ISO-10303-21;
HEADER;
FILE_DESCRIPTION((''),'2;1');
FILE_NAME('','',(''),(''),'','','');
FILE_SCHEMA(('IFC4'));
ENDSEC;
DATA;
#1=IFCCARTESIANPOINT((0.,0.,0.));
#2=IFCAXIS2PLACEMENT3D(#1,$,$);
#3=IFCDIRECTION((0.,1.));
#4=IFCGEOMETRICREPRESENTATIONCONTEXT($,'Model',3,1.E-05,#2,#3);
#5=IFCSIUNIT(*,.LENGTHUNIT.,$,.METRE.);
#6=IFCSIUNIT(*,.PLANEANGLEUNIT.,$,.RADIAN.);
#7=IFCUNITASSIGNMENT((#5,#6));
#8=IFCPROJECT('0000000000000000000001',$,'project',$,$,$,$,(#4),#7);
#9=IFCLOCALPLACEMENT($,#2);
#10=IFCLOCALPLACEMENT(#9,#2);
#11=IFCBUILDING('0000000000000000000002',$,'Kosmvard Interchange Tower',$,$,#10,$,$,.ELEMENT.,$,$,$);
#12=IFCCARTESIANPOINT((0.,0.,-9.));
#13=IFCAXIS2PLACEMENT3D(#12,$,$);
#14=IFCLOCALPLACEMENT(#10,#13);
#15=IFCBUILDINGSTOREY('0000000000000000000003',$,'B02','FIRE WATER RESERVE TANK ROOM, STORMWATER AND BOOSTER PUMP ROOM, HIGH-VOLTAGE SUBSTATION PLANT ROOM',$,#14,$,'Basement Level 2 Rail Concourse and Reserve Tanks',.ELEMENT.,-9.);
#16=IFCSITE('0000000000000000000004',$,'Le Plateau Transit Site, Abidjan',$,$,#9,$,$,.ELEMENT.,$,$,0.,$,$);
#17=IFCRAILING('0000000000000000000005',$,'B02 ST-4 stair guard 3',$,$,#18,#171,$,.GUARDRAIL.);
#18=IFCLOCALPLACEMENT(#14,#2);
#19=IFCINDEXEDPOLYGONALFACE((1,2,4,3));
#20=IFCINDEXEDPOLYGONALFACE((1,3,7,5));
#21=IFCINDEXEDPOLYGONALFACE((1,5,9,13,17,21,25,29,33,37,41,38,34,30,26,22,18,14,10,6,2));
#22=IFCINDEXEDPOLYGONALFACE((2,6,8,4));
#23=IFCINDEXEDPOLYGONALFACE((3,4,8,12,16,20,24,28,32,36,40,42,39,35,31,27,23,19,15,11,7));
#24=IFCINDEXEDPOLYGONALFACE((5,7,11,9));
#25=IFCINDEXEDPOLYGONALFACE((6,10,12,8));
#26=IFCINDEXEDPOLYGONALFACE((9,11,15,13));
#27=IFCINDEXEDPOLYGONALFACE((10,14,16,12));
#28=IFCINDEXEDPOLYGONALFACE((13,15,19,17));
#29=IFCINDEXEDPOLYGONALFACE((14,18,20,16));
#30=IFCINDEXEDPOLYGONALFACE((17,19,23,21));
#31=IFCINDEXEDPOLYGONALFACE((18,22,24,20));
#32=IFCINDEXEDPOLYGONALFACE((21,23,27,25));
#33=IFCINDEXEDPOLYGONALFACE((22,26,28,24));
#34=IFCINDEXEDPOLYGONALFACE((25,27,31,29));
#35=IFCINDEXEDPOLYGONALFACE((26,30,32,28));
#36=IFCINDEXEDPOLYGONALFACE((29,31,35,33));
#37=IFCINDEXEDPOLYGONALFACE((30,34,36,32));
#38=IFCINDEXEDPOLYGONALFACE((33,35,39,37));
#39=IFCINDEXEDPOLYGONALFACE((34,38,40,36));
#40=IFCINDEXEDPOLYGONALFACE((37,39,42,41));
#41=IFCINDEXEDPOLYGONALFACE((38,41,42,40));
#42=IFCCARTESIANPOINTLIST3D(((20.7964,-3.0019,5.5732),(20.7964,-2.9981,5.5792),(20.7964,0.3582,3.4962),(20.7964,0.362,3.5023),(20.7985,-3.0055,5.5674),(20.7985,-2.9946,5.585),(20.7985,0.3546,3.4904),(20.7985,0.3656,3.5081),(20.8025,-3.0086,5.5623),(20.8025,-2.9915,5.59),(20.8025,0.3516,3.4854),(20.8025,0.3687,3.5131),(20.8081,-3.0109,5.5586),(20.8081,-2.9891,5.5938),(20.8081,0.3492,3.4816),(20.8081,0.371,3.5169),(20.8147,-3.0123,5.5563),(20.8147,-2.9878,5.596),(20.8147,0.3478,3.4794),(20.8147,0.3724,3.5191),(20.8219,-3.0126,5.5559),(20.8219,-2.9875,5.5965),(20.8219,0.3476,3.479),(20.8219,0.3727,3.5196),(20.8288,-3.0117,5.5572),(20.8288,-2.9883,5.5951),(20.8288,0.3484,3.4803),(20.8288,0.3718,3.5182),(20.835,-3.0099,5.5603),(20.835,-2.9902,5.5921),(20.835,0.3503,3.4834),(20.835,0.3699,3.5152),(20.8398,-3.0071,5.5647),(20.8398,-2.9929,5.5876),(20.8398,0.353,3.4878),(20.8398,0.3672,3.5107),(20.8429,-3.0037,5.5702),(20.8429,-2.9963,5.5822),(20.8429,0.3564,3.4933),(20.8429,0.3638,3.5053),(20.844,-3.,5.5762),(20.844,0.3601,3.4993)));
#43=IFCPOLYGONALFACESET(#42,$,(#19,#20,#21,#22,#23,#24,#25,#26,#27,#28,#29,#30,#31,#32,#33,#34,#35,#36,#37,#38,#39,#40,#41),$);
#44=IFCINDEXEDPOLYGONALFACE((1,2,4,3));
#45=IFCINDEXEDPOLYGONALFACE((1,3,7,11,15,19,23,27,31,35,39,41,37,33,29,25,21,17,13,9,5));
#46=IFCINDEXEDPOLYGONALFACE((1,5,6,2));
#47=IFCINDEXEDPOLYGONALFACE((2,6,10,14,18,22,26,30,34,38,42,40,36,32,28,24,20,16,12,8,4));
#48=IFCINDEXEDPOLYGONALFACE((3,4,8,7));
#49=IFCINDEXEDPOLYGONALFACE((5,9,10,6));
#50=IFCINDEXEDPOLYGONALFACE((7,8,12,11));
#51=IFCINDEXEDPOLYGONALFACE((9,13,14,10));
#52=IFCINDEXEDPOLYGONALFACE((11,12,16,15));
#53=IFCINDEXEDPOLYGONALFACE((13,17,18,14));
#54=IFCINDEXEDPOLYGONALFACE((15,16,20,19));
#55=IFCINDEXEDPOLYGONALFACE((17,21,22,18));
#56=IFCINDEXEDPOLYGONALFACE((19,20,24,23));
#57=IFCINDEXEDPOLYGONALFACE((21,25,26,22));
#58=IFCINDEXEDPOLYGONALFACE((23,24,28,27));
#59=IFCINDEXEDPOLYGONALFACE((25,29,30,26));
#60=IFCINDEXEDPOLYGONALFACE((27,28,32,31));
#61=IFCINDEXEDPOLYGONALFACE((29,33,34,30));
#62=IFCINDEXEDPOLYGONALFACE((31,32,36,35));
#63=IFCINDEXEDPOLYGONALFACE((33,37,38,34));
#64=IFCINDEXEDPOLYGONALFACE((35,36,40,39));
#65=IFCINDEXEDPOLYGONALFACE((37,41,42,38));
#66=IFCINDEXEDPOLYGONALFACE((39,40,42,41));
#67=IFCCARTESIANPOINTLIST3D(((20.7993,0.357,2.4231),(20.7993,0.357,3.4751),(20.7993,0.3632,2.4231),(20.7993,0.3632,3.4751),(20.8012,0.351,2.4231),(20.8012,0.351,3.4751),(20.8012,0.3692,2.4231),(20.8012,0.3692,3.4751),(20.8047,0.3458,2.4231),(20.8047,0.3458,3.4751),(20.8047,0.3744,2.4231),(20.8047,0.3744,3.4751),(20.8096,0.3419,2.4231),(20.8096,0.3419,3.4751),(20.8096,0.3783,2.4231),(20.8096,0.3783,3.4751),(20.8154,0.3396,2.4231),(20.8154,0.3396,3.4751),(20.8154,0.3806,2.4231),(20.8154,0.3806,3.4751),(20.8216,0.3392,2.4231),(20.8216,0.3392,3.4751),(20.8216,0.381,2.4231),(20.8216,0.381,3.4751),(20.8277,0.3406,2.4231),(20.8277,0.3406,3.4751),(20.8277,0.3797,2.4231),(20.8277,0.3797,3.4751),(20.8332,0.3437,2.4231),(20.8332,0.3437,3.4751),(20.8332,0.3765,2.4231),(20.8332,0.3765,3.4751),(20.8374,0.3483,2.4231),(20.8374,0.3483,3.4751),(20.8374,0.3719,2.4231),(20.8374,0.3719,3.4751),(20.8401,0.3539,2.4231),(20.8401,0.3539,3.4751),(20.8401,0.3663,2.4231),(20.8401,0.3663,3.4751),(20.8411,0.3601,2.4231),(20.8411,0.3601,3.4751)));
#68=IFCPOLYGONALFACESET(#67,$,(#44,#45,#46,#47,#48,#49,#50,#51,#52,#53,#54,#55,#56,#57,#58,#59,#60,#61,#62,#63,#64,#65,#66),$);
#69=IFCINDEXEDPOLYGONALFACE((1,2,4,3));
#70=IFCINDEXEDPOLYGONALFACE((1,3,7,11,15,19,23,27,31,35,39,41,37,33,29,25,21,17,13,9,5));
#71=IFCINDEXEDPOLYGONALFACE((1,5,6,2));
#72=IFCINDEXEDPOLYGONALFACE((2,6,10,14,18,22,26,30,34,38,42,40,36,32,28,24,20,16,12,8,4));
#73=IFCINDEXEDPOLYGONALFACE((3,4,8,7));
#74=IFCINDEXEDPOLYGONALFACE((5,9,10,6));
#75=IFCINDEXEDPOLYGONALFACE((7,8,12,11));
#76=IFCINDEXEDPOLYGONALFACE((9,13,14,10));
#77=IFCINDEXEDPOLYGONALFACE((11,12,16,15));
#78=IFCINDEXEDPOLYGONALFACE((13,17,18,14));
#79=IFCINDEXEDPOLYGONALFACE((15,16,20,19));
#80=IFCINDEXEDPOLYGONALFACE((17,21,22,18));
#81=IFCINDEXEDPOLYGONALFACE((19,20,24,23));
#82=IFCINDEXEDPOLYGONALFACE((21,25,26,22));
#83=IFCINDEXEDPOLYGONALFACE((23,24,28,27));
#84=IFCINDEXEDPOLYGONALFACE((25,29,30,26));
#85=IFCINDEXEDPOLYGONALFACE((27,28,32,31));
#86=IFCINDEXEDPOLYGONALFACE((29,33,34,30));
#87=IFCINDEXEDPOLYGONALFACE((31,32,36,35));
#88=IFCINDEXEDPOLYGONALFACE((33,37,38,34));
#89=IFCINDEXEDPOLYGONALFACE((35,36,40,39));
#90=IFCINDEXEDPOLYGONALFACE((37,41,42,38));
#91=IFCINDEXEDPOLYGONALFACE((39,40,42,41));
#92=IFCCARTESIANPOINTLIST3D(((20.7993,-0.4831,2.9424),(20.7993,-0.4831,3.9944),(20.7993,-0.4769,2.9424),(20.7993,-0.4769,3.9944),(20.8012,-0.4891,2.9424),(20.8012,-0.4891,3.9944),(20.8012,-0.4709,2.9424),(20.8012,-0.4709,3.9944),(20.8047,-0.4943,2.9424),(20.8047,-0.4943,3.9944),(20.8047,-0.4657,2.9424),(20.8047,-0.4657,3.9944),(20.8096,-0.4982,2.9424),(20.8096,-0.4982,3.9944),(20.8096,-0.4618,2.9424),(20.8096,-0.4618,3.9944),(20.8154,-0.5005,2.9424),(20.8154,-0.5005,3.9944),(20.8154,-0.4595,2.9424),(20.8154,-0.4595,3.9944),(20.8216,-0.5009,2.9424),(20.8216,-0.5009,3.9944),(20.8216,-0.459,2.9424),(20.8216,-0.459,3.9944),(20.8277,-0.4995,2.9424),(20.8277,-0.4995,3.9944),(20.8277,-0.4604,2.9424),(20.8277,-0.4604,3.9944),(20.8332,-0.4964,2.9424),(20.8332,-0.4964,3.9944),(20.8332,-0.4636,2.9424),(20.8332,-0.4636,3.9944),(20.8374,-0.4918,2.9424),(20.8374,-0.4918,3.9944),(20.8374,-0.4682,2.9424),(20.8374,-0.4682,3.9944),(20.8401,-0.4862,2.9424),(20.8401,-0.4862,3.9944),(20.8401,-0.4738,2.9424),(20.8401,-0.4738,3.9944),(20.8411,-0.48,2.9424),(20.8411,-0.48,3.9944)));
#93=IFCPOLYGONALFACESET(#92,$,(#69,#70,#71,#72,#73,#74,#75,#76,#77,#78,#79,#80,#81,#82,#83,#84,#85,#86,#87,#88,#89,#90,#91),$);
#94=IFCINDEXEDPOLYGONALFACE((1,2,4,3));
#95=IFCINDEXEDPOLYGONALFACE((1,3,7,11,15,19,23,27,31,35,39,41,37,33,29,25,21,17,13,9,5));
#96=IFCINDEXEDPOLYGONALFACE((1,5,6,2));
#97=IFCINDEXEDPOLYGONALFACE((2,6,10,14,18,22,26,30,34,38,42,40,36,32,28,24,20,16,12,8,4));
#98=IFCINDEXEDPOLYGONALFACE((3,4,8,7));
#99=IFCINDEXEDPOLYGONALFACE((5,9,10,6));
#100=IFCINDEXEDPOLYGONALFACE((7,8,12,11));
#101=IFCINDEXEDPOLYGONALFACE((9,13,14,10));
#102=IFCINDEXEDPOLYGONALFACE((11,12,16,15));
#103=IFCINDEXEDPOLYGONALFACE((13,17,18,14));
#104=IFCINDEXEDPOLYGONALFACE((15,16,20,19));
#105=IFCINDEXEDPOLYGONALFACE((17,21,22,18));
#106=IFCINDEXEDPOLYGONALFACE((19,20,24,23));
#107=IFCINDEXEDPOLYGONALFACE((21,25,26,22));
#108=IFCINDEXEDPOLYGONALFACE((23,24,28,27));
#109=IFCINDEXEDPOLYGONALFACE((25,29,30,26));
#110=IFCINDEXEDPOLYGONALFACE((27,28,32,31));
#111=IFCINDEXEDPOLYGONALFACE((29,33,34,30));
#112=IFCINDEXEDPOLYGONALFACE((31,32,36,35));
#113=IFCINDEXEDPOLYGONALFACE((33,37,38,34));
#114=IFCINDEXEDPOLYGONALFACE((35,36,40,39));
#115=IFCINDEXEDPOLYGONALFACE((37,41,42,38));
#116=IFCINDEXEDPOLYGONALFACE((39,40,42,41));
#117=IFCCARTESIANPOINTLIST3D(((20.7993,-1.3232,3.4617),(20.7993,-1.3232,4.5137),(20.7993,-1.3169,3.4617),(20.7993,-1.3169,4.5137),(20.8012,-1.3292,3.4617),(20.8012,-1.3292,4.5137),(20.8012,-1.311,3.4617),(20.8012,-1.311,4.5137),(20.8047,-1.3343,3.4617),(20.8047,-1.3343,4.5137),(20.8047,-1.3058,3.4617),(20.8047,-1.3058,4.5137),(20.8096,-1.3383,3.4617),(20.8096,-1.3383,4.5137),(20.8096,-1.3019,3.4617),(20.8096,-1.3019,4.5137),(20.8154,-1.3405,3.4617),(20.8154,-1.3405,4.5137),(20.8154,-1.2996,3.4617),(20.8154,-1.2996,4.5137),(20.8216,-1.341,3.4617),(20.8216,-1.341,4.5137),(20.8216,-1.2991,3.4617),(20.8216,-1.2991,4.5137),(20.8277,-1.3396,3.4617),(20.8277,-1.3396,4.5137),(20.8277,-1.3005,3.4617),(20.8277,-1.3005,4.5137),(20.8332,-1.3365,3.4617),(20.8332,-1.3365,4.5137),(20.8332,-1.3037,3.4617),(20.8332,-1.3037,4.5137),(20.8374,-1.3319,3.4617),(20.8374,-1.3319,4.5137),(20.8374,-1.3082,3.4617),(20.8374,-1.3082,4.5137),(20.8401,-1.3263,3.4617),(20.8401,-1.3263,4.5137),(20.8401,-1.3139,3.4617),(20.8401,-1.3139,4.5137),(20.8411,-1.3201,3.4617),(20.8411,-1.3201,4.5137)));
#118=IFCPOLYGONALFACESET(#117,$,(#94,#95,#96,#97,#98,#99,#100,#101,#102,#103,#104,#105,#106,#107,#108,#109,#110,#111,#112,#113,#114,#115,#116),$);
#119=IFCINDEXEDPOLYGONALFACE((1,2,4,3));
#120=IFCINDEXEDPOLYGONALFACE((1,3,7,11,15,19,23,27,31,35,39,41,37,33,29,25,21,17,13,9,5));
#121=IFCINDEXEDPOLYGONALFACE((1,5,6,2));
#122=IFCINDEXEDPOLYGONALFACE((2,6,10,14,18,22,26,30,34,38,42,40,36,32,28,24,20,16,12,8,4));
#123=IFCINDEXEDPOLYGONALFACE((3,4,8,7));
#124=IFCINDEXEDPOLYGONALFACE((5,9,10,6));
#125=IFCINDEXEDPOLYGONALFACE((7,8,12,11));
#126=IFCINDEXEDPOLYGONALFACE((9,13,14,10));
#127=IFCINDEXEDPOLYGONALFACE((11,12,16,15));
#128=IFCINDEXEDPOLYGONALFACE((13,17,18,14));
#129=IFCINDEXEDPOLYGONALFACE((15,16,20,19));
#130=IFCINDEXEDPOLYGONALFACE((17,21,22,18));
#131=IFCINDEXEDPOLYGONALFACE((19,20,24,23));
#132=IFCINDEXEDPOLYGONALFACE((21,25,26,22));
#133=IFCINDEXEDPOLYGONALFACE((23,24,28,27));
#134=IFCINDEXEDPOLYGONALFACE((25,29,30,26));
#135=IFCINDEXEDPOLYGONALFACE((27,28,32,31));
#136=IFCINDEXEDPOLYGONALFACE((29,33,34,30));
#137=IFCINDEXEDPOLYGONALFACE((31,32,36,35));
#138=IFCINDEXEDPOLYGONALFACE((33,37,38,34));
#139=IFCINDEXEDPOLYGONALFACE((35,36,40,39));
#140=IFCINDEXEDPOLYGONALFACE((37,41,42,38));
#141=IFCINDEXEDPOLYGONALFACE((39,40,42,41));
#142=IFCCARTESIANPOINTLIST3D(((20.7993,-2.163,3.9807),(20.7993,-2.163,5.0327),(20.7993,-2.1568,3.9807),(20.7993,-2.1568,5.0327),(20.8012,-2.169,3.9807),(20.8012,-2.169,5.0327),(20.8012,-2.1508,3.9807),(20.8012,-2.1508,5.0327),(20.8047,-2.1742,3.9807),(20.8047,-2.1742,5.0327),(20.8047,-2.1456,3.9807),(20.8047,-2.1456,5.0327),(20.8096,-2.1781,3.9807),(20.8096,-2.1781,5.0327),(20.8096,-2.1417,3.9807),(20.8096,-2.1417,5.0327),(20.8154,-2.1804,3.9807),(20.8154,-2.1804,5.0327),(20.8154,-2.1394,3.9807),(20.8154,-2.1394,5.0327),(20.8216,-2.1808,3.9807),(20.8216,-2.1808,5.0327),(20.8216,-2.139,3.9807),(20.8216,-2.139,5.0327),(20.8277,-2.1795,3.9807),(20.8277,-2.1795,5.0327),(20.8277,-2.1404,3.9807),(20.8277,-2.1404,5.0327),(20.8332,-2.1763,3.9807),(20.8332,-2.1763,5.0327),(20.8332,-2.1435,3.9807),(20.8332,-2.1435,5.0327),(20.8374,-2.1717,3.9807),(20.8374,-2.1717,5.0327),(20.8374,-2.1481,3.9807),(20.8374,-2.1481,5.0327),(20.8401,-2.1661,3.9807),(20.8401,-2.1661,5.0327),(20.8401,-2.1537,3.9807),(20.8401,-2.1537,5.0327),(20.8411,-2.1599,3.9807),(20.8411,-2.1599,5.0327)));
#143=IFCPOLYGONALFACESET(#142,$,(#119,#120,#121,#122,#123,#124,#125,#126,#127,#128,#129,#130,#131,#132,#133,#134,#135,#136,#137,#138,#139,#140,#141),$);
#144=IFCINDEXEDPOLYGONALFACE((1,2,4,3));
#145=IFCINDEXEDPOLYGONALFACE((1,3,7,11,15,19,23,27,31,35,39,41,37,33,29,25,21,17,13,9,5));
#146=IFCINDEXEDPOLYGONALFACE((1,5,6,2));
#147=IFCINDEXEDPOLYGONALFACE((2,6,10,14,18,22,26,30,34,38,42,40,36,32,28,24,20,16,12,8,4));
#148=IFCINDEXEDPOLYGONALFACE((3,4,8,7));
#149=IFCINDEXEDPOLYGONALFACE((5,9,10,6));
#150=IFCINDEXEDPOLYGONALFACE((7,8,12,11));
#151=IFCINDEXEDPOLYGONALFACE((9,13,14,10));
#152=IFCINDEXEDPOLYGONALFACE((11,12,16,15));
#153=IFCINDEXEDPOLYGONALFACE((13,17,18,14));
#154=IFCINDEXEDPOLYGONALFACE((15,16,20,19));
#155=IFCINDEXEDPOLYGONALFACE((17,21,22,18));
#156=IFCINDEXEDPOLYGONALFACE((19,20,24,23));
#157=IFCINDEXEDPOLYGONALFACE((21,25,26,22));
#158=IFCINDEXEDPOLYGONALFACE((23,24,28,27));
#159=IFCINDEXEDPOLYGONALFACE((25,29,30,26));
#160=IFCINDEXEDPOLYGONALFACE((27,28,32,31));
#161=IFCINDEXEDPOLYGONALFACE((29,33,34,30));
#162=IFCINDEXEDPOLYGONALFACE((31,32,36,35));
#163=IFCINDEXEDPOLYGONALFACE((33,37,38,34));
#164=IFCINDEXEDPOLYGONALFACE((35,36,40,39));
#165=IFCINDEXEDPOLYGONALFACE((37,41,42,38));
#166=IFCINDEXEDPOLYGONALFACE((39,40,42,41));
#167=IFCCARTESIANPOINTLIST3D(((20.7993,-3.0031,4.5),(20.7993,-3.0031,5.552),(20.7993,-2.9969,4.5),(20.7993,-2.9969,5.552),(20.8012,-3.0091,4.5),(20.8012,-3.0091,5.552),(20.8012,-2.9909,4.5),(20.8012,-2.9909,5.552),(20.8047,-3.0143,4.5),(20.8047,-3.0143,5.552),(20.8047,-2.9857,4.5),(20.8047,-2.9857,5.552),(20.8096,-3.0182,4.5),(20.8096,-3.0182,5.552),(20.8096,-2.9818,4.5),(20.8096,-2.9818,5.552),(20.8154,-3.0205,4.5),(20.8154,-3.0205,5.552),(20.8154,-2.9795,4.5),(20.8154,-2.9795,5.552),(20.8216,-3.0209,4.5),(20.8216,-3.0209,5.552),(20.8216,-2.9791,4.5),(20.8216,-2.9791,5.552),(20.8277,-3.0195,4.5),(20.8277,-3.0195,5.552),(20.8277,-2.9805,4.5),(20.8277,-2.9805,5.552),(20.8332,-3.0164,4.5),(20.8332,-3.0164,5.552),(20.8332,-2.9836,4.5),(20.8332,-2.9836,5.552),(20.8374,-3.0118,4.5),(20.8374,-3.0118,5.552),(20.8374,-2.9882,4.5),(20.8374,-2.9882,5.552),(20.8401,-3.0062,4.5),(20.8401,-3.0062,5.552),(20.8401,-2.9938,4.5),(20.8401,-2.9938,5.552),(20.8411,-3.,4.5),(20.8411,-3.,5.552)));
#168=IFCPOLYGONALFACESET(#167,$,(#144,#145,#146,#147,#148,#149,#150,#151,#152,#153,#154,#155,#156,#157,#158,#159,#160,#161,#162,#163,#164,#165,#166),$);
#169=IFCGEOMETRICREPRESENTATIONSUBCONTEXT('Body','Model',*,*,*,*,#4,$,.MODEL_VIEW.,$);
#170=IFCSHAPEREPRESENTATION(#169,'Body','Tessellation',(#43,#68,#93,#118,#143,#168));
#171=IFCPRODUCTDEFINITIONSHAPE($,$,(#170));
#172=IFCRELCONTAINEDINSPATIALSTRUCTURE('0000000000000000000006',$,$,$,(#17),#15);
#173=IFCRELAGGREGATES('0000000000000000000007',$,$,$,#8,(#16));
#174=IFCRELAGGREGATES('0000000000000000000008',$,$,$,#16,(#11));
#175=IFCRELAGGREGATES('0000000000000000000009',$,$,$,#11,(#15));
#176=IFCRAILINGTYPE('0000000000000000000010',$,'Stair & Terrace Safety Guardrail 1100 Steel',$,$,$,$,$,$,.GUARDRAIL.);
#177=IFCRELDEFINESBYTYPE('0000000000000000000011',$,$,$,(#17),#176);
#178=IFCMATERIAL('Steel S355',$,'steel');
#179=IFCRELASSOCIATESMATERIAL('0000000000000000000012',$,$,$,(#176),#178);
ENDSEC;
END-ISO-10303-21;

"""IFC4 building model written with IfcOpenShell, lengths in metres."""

from ifc_helpers import new_model, si_unit, direction, frame, origin, origin_2d, place, context, subcontext, project, spatial, circle, extrude, source, transform, mapped, material, type_object, element, save


model = new_model("IFC4")

# Units and contexts
model_context = context("Model", 3, precision=1e-05, world=origin(), true_north=direction((0.0, 1.0)))
body_context = subcontext(model_context, "Body", "Model", "MODEL_VIEW")
ifc_project = project(units=[si_unit("LENGTHUNIT", "METRE"), si_unit("PLANEANGLEUNIT", "RADIAN")], contexts=[model_context])

# Site, building, storey
site_placement = place(None, origin())
site = spatial("IfcSite", under=ifc_project, at=site_placement, Name="Le Plateau Transit Site, Abidjan", CompositionType="ELEMENT", RefElevation=0.0)
building_placement = place(site_placement, origin())
building = spatial("IfcBuilding", under=site, at=building_placement, Name="Kosmvard Interchange Tower", CompositionType="ELEMENT")
storey_placement = place(building_placement, frame((0.0, 0.0, -9.0)))
storey = spatial("IfcBuildingStorey", under=building, at=storey_placement, Name="B02", Description="FIRE WATER RESERVE TANK ROOM, STORMWATER AND BOOSTER PUMP ROOM, HIGH-VOLTAGE SUBSTATION PLANT ROOM", LongName="Basement Level 2 Rail Concourse and Reserve Tanks", CompositionType="ELEMENT", Elevation=-9.0)

# Railing
ifc_material_1 = material(Name="Steel S355", Category="steel")
railing_type_1 = type_object("IfcRailingType", Name="Stair & Terrace Safety Guardrail 1100 Steel", PredefinedType="GUARDRAIL", material=ifc_material_1)
shared_shape_1 = source(origin(), body_context, "Body", "SweptSolid", [
    extrude(circle(Radius=0.0239, at=origin_2d()), frame((0.0, 0.0, 1.0762), z_axis=(0.0, -0.850623, 0.525776), x_axis=(1.0, 0.0, 0.0)), (0.0, 0.0, 1.0), 3.9502),
    extrude(circle(Radius=0.021, at=origin_2d()), origin(), (0.0, 0.0, 1.0), 1.052),
    extrude(circle(Radius=0.021, at=origin_2d()), frame((0.0, -0.8401, 0.5193)), (0.0, 0.0, 1.0), 1.052),
    extrude(circle(Radius=0.021, at=origin_2d()), frame((0.0, -1.6802, 1.0386)), (0.0, 0.0, 1.0), 1.052),
    extrude(circle(Radius=0.021, at=origin_2d()), frame((0.0, -2.52, 1.5576)), (0.0, 0.0, 1.0), 1.052),
    extrude(circle(Radius=0.021, at=origin_2d()), frame((0.0, -3.3601, 2.0769)), (0.0, 0.0, 1.0), 1.052),
])
railing_1_placement = place(storey_placement, frame((20.8201, 0.3601, 2.4231)))
element("IfcRailing", 1, at=railing_1_placement, inside=storey, type_object=railing_type_1, Name="B02 ST-4 stair guard 3", PredefinedType="GUARDRAIL", context=body_context, shape_type="MappedRepresentation", body=[
    mapped(shared_shape_1, transform((0.0, 0.0, 0.0), scale=1.0)),
])

save(model, "model.ifc")
